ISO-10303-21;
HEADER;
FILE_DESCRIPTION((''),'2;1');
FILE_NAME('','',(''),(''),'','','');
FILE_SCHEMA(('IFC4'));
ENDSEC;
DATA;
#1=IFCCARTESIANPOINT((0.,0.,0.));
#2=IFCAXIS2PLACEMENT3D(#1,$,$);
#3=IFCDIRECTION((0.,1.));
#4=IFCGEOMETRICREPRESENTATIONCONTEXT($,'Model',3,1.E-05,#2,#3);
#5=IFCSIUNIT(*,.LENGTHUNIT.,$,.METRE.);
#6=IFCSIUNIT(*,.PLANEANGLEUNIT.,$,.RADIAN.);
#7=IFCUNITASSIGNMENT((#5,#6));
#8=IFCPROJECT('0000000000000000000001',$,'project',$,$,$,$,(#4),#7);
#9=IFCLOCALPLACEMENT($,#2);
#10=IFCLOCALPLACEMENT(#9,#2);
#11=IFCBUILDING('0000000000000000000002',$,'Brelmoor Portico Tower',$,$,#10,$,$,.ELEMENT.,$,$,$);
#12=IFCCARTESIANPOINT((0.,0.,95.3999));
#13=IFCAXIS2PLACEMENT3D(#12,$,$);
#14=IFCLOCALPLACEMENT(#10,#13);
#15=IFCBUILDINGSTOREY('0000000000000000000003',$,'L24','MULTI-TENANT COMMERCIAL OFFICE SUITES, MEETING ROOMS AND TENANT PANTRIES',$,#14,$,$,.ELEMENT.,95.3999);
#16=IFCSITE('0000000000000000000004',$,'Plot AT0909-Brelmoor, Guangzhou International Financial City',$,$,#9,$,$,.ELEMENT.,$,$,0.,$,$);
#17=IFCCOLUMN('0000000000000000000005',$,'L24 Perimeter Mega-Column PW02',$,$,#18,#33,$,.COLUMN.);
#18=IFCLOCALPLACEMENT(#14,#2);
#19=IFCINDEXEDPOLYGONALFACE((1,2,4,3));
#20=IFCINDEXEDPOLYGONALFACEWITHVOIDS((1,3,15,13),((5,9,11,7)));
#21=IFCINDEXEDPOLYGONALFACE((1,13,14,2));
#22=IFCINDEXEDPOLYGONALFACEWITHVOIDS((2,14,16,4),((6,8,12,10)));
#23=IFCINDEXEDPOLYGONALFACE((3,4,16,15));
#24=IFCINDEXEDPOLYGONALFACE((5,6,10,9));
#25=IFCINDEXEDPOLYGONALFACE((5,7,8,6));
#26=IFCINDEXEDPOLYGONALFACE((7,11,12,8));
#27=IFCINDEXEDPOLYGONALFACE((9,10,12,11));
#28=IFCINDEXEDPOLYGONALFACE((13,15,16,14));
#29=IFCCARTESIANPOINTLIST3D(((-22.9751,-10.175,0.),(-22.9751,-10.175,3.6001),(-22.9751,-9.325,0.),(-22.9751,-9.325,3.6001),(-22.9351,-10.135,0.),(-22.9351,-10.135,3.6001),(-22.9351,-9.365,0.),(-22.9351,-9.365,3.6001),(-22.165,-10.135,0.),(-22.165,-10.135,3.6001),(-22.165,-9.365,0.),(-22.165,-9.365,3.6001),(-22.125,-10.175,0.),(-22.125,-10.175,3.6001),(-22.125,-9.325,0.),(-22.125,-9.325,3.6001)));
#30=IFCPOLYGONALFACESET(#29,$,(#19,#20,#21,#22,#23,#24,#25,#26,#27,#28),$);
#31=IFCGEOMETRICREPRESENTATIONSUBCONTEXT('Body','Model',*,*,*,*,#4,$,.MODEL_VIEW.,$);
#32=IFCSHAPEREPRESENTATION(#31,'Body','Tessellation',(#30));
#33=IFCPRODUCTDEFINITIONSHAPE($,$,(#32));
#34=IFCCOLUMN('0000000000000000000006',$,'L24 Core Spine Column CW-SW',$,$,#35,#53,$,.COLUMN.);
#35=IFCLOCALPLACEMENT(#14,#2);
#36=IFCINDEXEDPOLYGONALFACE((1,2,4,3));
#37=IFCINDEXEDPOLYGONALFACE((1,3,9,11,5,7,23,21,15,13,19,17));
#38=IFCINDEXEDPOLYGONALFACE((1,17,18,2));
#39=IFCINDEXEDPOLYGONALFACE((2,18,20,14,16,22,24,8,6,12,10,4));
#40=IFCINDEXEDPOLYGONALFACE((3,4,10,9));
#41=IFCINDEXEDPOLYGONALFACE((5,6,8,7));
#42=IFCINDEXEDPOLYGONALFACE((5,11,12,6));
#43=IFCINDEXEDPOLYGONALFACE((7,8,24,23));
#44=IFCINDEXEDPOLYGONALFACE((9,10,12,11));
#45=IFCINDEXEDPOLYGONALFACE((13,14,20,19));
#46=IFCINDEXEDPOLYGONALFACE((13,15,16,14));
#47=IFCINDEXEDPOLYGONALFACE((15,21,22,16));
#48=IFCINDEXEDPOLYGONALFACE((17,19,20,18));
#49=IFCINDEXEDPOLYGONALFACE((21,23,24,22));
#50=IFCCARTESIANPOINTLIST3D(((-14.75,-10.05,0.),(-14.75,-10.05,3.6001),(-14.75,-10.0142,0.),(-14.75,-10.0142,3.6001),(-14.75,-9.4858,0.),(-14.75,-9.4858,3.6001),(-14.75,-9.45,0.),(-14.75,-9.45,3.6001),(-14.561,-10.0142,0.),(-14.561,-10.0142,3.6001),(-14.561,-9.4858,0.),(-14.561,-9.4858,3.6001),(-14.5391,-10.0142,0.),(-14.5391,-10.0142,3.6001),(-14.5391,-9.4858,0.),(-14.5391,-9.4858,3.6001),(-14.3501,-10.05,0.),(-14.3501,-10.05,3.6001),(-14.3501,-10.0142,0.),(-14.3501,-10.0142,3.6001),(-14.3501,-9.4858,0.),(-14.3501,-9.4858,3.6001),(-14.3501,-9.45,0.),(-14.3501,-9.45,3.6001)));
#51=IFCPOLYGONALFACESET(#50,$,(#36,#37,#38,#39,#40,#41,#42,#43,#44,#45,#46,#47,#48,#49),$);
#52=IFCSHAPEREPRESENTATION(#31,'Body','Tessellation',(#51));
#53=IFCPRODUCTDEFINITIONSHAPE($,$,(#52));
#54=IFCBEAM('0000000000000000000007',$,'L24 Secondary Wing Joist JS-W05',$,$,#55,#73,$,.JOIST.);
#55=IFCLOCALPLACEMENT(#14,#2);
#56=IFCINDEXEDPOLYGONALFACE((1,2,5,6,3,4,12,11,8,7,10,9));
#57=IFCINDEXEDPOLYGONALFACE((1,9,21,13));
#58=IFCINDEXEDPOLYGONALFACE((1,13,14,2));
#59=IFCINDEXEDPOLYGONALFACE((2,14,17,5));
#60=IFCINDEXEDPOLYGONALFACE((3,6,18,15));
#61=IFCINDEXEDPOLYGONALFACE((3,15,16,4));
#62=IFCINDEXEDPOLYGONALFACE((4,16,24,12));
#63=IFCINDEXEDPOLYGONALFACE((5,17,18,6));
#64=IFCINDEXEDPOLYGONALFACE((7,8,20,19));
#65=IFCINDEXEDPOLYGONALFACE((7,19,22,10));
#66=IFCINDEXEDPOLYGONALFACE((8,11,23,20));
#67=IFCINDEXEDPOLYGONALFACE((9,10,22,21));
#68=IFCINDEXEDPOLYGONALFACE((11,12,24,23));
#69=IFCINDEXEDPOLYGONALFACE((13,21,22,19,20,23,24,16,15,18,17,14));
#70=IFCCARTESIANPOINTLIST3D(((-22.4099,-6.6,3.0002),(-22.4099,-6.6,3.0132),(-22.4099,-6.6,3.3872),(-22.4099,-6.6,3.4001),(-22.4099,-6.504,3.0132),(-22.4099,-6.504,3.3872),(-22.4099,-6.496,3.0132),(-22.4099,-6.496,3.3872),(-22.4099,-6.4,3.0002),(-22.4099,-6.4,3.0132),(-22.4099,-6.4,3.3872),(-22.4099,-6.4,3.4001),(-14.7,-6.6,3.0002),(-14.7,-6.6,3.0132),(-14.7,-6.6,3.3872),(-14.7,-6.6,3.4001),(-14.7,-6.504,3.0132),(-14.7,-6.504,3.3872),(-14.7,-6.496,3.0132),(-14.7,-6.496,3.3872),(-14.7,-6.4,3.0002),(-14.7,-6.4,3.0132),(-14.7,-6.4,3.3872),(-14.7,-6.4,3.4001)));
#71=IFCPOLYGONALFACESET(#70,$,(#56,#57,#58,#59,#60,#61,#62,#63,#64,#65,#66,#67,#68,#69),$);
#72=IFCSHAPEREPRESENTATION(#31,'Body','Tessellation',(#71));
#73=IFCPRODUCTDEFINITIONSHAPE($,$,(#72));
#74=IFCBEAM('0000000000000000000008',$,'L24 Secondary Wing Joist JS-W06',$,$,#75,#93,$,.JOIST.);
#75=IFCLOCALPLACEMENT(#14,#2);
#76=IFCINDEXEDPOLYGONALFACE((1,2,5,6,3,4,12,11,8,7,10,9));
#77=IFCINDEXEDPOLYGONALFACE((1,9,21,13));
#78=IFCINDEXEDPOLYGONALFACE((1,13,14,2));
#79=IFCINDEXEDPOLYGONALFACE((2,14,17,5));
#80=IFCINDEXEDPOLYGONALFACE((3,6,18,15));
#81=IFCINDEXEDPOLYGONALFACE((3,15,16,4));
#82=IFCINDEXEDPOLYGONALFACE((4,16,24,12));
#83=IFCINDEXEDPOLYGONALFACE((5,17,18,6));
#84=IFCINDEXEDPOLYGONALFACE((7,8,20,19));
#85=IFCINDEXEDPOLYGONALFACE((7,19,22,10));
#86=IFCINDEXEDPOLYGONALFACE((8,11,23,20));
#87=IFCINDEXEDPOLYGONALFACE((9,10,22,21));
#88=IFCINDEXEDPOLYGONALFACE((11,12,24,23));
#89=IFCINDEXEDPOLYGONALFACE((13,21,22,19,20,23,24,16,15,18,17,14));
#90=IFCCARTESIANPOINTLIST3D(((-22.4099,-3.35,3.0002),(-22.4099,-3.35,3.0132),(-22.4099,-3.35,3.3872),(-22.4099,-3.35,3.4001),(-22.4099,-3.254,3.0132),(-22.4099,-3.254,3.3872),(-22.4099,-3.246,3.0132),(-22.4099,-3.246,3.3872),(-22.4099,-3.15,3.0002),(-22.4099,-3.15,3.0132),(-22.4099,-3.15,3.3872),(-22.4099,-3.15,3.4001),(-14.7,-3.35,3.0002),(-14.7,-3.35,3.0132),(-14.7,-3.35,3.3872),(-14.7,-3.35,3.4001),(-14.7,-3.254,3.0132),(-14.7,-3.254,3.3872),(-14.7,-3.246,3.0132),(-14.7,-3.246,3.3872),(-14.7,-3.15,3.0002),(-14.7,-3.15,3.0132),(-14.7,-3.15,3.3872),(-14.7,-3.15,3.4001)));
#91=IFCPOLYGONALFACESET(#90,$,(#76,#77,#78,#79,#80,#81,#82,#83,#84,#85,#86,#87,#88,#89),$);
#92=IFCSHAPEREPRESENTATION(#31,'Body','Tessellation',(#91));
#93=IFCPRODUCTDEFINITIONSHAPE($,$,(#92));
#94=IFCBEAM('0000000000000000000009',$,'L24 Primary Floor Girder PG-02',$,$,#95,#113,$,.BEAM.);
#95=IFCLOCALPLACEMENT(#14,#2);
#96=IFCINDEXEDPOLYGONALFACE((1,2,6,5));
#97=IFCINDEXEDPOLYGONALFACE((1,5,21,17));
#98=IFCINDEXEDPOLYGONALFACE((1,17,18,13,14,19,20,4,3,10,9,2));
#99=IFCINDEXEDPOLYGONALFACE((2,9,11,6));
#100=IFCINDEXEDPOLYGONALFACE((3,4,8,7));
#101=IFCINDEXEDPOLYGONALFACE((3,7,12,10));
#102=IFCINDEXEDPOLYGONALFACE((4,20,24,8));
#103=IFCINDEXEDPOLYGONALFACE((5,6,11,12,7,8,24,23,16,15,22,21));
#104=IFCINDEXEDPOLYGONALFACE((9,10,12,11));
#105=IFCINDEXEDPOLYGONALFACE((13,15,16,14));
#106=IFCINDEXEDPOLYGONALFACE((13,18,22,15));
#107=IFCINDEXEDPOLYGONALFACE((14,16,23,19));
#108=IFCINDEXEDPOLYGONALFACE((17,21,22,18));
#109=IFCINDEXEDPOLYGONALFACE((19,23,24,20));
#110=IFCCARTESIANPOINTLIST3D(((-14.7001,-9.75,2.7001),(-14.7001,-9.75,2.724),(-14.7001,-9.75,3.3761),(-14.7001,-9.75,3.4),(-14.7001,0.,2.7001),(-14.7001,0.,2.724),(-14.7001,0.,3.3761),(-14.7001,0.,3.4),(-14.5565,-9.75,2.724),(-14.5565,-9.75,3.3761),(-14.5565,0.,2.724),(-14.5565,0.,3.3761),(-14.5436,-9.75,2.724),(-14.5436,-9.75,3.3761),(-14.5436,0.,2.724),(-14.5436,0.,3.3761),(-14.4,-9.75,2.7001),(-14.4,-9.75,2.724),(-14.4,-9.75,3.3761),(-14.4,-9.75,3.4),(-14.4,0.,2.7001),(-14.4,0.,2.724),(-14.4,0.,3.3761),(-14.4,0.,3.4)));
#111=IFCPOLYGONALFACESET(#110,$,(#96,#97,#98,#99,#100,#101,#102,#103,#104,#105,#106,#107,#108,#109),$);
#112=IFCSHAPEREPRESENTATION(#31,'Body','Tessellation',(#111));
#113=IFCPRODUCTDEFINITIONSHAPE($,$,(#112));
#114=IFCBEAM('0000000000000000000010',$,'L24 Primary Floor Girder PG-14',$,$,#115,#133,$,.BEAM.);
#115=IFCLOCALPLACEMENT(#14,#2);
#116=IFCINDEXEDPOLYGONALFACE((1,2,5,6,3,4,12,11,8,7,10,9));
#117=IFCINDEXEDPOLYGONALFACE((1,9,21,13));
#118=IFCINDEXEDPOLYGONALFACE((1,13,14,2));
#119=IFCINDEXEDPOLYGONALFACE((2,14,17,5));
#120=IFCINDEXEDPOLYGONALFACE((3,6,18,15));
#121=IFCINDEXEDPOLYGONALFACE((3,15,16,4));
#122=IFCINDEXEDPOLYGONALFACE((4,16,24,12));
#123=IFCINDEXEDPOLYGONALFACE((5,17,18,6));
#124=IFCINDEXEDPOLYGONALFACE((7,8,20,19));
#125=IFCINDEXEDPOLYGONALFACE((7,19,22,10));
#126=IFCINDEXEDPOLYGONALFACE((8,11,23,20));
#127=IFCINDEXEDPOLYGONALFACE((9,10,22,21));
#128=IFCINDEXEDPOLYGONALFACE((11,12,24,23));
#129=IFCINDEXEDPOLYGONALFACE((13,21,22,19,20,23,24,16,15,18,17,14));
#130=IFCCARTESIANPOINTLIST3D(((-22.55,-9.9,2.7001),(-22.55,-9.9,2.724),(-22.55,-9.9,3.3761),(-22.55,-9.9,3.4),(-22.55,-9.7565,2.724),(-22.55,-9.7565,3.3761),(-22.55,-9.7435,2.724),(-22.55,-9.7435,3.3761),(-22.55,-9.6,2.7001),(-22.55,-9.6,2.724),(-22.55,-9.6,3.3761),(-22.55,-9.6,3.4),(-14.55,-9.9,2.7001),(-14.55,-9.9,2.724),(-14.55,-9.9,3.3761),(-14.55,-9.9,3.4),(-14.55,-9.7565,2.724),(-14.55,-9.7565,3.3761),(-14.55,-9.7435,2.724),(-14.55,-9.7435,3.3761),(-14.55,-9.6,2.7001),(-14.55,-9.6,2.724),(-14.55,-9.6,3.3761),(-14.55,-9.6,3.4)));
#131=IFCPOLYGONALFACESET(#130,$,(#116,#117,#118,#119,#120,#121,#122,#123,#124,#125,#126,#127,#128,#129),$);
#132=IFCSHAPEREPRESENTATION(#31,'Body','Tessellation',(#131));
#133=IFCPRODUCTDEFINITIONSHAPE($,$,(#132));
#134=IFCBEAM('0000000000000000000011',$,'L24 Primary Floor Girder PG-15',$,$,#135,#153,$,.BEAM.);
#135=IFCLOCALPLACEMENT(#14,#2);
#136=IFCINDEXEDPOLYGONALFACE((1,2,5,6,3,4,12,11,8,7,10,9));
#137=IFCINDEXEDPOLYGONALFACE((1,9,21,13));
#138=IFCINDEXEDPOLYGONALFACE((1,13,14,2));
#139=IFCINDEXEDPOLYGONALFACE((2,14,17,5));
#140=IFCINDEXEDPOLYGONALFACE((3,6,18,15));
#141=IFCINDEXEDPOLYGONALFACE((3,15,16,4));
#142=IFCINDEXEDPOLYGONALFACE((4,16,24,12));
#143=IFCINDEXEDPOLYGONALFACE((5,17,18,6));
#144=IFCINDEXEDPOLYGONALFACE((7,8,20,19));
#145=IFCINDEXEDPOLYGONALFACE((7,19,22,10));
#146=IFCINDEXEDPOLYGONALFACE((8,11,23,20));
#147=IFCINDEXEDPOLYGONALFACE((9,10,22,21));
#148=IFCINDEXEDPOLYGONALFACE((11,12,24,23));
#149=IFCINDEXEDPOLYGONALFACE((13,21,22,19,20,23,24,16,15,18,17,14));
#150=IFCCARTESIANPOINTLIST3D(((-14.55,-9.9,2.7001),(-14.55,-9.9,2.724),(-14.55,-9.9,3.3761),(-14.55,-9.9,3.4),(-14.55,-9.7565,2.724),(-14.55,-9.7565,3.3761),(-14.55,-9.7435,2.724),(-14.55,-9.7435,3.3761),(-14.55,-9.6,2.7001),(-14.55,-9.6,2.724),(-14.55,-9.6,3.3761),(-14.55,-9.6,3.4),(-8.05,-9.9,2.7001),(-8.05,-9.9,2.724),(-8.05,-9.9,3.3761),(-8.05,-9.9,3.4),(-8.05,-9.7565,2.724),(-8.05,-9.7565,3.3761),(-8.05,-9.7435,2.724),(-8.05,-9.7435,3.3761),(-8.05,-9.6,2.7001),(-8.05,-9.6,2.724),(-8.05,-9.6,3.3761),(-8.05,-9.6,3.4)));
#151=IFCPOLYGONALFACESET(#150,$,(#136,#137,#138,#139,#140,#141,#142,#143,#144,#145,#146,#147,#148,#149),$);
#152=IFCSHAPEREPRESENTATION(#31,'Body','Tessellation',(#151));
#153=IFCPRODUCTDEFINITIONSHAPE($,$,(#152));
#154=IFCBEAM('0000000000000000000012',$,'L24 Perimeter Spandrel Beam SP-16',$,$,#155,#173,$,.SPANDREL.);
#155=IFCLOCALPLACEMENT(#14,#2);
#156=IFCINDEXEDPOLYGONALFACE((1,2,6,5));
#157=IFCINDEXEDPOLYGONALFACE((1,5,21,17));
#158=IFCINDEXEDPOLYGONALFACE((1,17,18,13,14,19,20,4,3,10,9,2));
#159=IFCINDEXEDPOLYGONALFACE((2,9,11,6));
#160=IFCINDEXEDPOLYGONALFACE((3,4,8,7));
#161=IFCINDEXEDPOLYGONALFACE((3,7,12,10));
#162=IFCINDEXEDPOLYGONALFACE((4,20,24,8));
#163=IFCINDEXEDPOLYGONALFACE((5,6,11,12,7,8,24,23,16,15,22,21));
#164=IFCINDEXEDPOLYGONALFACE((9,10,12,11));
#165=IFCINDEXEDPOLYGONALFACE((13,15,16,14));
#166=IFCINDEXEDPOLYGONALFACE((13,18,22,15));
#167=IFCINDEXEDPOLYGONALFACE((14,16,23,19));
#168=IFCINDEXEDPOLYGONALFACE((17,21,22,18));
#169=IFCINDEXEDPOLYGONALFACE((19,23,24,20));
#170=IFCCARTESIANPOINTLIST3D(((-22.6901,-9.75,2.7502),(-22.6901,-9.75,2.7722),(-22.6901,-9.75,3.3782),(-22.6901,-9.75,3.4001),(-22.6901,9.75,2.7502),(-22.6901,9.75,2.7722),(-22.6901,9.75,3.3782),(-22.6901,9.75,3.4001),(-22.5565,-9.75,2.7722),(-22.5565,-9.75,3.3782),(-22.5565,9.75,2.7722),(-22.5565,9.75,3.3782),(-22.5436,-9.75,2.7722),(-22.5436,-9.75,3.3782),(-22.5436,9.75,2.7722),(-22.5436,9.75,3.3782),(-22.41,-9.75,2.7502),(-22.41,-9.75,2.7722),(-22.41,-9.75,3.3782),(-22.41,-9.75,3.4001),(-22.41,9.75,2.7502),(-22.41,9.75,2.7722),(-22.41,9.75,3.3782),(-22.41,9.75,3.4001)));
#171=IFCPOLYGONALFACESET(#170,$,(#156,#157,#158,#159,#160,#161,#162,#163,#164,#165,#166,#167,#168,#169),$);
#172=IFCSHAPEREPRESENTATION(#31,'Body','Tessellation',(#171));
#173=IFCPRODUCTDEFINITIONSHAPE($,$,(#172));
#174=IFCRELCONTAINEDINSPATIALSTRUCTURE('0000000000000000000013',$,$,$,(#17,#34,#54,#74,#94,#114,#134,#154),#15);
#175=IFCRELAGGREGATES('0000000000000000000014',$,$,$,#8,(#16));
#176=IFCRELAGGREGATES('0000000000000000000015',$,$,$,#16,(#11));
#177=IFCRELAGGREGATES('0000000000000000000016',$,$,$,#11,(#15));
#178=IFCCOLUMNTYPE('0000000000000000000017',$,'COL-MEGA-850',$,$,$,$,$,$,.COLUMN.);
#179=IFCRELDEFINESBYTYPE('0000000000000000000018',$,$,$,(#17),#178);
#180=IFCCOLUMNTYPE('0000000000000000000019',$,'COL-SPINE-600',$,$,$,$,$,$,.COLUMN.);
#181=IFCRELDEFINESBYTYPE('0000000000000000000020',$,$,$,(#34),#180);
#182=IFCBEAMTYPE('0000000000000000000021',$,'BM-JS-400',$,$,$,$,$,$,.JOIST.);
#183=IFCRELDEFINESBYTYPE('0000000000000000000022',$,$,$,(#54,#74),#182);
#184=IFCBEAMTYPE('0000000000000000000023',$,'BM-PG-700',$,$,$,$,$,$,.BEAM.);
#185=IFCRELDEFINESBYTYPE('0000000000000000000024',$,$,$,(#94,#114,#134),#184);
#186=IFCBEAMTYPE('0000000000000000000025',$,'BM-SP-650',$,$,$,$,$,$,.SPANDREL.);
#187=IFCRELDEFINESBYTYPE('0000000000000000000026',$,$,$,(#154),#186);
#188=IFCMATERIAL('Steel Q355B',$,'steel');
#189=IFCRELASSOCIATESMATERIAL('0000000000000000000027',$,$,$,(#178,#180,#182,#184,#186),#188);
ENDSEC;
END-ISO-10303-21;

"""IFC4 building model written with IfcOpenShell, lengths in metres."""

from ifc_helpers import new_model, si_unit, direction, frame, origin, origin_2d, place, context, subcontext, project, spatial, hollow_rectangle, i_section, extrude, material, material_profile, profile_set, type_object, element, save


model = new_model("IFC4")

# Units and contexts
model_context = context("Model", 3, precision=1e-05, world=origin(), true_north=direction((0.0, 1.0)))
body_context = subcontext(model_context, "Body", "Model", "MODEL_VIEW")
ifc_project = project(units=[si_unit("LENGTHUNIT", "METRE"), si_unit("PLANEANGLEUNIT", "RADIAN")], contexts=[model_context])

# Site, building, storey
site_placement = place(None, origin())
site = spatial("IfcSite", under=ifc_project, at=site_placement, Name="Plot AT0909-Brelmoor, Guangzhou International Financial City", CompositionType="ELEMENT", RefElevation=0.0)
building_placement = place(site_placement, origin())
building = spatial("IfcBuilding", under=site, at=building_placement, Name="Brelmoor Portico Tower", CompositionType="ELEMENT")
storey_placement = place(building_placement, frame((0.0, 0.0, 95.3999)))
storey = spatial("IfcBuildingStorey", under=building, at=storey_placement, Name="L24", Description="MULTI-TENANT COMMERCIAL OFFICE SUITES, MEETING ROOMS AND TENANT PANTRIES", CompositionType="ELEMENT", Elevation=95.3999)

# Columns
ifc_material_1 = material(Name="Steel Q355B", Category="steel")
ifc_material_profile_1 = material_profile(ifc_material_1, hollow_rectangle(XDim=0.8501, YDim=0.8501, WallThickness=0.04, at=origin_2d()), Name="BOX 850x850x40")
ifc_profile_set_1 = profile_set([ifc_material_profile_1], Name="Steel Q355B")
column_type_1 = type_object("IfcColumnType", Name="COL-MEGA-850", PredefinedType="COLUMN", material=ifc_profile_set_1)
column_1_placement = place(storey_placement, frame((-22.55, -9.75, 0.0), z_axis=(0.0, 0.0, 1.0), x_axis=(0.0, 1.0, 0.0)))
element("IfcColumn", 1, at=column_1_placement, inside=storey, type_object=column_type_1, Name="L24 Perimeter Mega-Column PW02", PredefinedType="COLUMN", context=body_context, shape_type="SweptSolid", body=[
    extrude(hollow_rectangle(XDim=0.8501, YDim=0.8501, WallThickness=0.04, at=origin_2d()), origin(), (0.0, 0.0, 1.0), 3.6001),
])
ifc_material_profile_2 = material_profile(ifc_material_1, i_section(OverallWidth=0.3999, OverallDepth=0.6001, WebThickness=0.022, FlangeThickness=0.0359, at=origin_2d()), Name="HW 600x400x22x36")
ifc_profile_set_2 = profile_set([ifc_material_profile_2], Name="Steel Q355B")
column_type_2 = type_object("IfcColumnType", Name="COL-SPINE-600", PredefinedType="COLUMN", material=ifc_profile_set_2)
column_2_placement = place(storey_placement, frame((-14.55, -9.75, 0.0), z_axis=(0.0, 0.0, 1.0), x_axis=(1.0, 0.0, 0.0)))
element("IfcColumn", 2, at=column_2_placement, inside=storey, type_object=column_type_2, Name="L24 Core Spine Column CW-SW", PredefinedType="COLUMN", context=body_context, shape_type="SweptSolid", body=[
    extrude(i_section(OverallWidth=0.3999, OverallDepth=0.6001, WebThickness=0.022, FlangeThickness=0.0359, at=origin_2d()), origin(), (0.0, 0.0, 1.0), 3.6001),
])

# Beams
ifc_material_profile_3 = material_profile(ifc_material_1, i_section(OverallWidth=0.2, OverallDepth=0.3999, WebThickness=0.0081, FlangeThickness=0.0129, at=origin_2d()), Name="HN 400x200x8x13")
ifc_profile_set_3 = profile_set([ifc_material_profile_3], Name="Steel Q355B")
beam_type_1 = type_object("IfcBeamType", Name="BM-JS-400", PredefinedType="JOIST", material=ifc_profile_set_3)
for number, where, z_axis, x_axis, name in (
    (3, (-22.4099, -6.5, 3.2002), (1.0, 0.0, 0.0), (0.0, 1.0, 0.0), "L24 Secondary Wing Joist JS-W05"),
    (4, (-22.4099, -3.25, 3.2002), (1.0, 0.0, 0.0), (0.0, 1.0, 0.0), "L24 Secondary Wing Joist JS-W06"),
):
    element("IfcBeam", number, at=place(storey_placement, frame(where, z_axis=z_axis, x_axis=x_axis)), inside=storey, type_object=beam_type_1, Name=name, PredefinedType="JOIST", context=body_context, shape_type="SweptSolid", body=[
        extrude(i_section(OverallWidth=0.2, OverallDepth=0.3999, WebThickness=0.0081, FlangeThickness=0.0129, at=origin_2d()), origin(), (0.0, 0.0, 1.0), 7.71),
    ])
ifc_material_profile_4 = material_profile(ifc_material_1, i_section(OverallWidth=0.3, OverallDepth=0.7, WebThickness=0.0129, FlangeThickness=0.0239, at=origin_2d()), Name="HN 700x300x13x24")
ifc_profile_set_4 = profile_set([ifc_material_profile_4], Name="Steel Q355B")
beam_type_2 = type_object("IfcBeamType", Name="BM-PG-700", PredefinedType="BEAM", material=ifc_profile_set_4)
beam_1_placement = place(storey_placement, frame((-14.55, -9.75, 3.05), z_axis=(0.0, 1.0, 0.0), x_axis=(-1.0, 0.0, 0.0)))
element("IfcBeam", 5, at=beam_1_placement, inside=storey, type_object=beam_type_2, Name="L24 Primary Floor Girder PG-02", PredefinedType="BEAM", context=body_context, shape_type="SweptSolid", body=[
    extrude(i_section(OverallWidth=0.3, OverallDepth=0.7, WebThickness=0.0129, FlangeThickness=0.0239, at=origin_2d()), origin(), (0.0, 0.0, 1.0), 9.75),
])
beam_2_placement = place(storey_placement, frame((-22.55, -9.75, 3.05), z_axis=(1.0, 0.0, 0.0), x_axis=(0.0, 1.0, 0.0)))
element("IfcBeam", 6, at=beam_2_placement, inside=storey, type_object=beam_type_2, Name="L24 Primary Floor Girder PG-14", PredefinedType="BEAM", context=body_context, shape_type="SweptSolid", body=[
    extrude(i_section(OverallWidth=0.3, OverallDepth=0.7, WebThickness=0.0129, FlangeThickness=0.0239, at=origin_2d()), origin(), (0.0, 0.0, 1.0), 8.0),
])
beam_3_placement = place(storey_placement, frame((-14.55, -9.75, 3.05), z_axis=(1.0, 0.0, 0.0), x_axis=(0.0, 1.0, 0.0)))
element("IfcBeam", 7, at=beam_3_placement, inside=storey, type_object=beam_type_2, Name="L24 Primary Floor Girder PG-15", PredefinedType="BEAM", context=body_context, shape_type="SweptSolid", body=[
    extrude(i_section(OverallWidth=0.3, OverallDepth=0.7, WebThickness=0.0129, FlangeThickness=0.0239, at=origin_2d()), origin(), (0.0, 0.0, 1.0), 6.5),
])
ifc_material_profile_5 = material_profile(ifc_material_1, i_section(OverallWidth=0.28, OverallDepth=0.6499, WebThickness=0.0129, FlangeThickness=0.022, at=origin_2d()), Name="HN 650x280x13x22")
ifc_profile_set_5 = profile_set([ifc_material_profile_5], Name="Steel Q355B")
beam_type_3 = type_object("IfcBeamType", Name="BM-SP-650", PredefinedType="SPANDREL", material=ifc_profile_set_5)
beam_4_placement = place(storey_placement, frame((-22.55, -9.75, 3.0752), z_axis=(0.0, 1.0, 0.0), x_axis=(-1.0, 0.0, 0.0)))
element("IfcBeam", 8, at=beam_4_placement, inside=storey, type_object=beam_type_3, Name="L24 Perimeter Spandrel Beam SP-16", PredefinedType="SPANDREL", context=body_context, shape_type="SweptSolid", body=[
    extrude(i_section(OverallWidth=0.28, OverallDepth=0.6499, WebThickness=0.0129, FlangeThickness=0.022, at=origin_2d()), origin(), (0.0, 0.0, 1.0), 19.5),
])

save(model, "model.ifc")
